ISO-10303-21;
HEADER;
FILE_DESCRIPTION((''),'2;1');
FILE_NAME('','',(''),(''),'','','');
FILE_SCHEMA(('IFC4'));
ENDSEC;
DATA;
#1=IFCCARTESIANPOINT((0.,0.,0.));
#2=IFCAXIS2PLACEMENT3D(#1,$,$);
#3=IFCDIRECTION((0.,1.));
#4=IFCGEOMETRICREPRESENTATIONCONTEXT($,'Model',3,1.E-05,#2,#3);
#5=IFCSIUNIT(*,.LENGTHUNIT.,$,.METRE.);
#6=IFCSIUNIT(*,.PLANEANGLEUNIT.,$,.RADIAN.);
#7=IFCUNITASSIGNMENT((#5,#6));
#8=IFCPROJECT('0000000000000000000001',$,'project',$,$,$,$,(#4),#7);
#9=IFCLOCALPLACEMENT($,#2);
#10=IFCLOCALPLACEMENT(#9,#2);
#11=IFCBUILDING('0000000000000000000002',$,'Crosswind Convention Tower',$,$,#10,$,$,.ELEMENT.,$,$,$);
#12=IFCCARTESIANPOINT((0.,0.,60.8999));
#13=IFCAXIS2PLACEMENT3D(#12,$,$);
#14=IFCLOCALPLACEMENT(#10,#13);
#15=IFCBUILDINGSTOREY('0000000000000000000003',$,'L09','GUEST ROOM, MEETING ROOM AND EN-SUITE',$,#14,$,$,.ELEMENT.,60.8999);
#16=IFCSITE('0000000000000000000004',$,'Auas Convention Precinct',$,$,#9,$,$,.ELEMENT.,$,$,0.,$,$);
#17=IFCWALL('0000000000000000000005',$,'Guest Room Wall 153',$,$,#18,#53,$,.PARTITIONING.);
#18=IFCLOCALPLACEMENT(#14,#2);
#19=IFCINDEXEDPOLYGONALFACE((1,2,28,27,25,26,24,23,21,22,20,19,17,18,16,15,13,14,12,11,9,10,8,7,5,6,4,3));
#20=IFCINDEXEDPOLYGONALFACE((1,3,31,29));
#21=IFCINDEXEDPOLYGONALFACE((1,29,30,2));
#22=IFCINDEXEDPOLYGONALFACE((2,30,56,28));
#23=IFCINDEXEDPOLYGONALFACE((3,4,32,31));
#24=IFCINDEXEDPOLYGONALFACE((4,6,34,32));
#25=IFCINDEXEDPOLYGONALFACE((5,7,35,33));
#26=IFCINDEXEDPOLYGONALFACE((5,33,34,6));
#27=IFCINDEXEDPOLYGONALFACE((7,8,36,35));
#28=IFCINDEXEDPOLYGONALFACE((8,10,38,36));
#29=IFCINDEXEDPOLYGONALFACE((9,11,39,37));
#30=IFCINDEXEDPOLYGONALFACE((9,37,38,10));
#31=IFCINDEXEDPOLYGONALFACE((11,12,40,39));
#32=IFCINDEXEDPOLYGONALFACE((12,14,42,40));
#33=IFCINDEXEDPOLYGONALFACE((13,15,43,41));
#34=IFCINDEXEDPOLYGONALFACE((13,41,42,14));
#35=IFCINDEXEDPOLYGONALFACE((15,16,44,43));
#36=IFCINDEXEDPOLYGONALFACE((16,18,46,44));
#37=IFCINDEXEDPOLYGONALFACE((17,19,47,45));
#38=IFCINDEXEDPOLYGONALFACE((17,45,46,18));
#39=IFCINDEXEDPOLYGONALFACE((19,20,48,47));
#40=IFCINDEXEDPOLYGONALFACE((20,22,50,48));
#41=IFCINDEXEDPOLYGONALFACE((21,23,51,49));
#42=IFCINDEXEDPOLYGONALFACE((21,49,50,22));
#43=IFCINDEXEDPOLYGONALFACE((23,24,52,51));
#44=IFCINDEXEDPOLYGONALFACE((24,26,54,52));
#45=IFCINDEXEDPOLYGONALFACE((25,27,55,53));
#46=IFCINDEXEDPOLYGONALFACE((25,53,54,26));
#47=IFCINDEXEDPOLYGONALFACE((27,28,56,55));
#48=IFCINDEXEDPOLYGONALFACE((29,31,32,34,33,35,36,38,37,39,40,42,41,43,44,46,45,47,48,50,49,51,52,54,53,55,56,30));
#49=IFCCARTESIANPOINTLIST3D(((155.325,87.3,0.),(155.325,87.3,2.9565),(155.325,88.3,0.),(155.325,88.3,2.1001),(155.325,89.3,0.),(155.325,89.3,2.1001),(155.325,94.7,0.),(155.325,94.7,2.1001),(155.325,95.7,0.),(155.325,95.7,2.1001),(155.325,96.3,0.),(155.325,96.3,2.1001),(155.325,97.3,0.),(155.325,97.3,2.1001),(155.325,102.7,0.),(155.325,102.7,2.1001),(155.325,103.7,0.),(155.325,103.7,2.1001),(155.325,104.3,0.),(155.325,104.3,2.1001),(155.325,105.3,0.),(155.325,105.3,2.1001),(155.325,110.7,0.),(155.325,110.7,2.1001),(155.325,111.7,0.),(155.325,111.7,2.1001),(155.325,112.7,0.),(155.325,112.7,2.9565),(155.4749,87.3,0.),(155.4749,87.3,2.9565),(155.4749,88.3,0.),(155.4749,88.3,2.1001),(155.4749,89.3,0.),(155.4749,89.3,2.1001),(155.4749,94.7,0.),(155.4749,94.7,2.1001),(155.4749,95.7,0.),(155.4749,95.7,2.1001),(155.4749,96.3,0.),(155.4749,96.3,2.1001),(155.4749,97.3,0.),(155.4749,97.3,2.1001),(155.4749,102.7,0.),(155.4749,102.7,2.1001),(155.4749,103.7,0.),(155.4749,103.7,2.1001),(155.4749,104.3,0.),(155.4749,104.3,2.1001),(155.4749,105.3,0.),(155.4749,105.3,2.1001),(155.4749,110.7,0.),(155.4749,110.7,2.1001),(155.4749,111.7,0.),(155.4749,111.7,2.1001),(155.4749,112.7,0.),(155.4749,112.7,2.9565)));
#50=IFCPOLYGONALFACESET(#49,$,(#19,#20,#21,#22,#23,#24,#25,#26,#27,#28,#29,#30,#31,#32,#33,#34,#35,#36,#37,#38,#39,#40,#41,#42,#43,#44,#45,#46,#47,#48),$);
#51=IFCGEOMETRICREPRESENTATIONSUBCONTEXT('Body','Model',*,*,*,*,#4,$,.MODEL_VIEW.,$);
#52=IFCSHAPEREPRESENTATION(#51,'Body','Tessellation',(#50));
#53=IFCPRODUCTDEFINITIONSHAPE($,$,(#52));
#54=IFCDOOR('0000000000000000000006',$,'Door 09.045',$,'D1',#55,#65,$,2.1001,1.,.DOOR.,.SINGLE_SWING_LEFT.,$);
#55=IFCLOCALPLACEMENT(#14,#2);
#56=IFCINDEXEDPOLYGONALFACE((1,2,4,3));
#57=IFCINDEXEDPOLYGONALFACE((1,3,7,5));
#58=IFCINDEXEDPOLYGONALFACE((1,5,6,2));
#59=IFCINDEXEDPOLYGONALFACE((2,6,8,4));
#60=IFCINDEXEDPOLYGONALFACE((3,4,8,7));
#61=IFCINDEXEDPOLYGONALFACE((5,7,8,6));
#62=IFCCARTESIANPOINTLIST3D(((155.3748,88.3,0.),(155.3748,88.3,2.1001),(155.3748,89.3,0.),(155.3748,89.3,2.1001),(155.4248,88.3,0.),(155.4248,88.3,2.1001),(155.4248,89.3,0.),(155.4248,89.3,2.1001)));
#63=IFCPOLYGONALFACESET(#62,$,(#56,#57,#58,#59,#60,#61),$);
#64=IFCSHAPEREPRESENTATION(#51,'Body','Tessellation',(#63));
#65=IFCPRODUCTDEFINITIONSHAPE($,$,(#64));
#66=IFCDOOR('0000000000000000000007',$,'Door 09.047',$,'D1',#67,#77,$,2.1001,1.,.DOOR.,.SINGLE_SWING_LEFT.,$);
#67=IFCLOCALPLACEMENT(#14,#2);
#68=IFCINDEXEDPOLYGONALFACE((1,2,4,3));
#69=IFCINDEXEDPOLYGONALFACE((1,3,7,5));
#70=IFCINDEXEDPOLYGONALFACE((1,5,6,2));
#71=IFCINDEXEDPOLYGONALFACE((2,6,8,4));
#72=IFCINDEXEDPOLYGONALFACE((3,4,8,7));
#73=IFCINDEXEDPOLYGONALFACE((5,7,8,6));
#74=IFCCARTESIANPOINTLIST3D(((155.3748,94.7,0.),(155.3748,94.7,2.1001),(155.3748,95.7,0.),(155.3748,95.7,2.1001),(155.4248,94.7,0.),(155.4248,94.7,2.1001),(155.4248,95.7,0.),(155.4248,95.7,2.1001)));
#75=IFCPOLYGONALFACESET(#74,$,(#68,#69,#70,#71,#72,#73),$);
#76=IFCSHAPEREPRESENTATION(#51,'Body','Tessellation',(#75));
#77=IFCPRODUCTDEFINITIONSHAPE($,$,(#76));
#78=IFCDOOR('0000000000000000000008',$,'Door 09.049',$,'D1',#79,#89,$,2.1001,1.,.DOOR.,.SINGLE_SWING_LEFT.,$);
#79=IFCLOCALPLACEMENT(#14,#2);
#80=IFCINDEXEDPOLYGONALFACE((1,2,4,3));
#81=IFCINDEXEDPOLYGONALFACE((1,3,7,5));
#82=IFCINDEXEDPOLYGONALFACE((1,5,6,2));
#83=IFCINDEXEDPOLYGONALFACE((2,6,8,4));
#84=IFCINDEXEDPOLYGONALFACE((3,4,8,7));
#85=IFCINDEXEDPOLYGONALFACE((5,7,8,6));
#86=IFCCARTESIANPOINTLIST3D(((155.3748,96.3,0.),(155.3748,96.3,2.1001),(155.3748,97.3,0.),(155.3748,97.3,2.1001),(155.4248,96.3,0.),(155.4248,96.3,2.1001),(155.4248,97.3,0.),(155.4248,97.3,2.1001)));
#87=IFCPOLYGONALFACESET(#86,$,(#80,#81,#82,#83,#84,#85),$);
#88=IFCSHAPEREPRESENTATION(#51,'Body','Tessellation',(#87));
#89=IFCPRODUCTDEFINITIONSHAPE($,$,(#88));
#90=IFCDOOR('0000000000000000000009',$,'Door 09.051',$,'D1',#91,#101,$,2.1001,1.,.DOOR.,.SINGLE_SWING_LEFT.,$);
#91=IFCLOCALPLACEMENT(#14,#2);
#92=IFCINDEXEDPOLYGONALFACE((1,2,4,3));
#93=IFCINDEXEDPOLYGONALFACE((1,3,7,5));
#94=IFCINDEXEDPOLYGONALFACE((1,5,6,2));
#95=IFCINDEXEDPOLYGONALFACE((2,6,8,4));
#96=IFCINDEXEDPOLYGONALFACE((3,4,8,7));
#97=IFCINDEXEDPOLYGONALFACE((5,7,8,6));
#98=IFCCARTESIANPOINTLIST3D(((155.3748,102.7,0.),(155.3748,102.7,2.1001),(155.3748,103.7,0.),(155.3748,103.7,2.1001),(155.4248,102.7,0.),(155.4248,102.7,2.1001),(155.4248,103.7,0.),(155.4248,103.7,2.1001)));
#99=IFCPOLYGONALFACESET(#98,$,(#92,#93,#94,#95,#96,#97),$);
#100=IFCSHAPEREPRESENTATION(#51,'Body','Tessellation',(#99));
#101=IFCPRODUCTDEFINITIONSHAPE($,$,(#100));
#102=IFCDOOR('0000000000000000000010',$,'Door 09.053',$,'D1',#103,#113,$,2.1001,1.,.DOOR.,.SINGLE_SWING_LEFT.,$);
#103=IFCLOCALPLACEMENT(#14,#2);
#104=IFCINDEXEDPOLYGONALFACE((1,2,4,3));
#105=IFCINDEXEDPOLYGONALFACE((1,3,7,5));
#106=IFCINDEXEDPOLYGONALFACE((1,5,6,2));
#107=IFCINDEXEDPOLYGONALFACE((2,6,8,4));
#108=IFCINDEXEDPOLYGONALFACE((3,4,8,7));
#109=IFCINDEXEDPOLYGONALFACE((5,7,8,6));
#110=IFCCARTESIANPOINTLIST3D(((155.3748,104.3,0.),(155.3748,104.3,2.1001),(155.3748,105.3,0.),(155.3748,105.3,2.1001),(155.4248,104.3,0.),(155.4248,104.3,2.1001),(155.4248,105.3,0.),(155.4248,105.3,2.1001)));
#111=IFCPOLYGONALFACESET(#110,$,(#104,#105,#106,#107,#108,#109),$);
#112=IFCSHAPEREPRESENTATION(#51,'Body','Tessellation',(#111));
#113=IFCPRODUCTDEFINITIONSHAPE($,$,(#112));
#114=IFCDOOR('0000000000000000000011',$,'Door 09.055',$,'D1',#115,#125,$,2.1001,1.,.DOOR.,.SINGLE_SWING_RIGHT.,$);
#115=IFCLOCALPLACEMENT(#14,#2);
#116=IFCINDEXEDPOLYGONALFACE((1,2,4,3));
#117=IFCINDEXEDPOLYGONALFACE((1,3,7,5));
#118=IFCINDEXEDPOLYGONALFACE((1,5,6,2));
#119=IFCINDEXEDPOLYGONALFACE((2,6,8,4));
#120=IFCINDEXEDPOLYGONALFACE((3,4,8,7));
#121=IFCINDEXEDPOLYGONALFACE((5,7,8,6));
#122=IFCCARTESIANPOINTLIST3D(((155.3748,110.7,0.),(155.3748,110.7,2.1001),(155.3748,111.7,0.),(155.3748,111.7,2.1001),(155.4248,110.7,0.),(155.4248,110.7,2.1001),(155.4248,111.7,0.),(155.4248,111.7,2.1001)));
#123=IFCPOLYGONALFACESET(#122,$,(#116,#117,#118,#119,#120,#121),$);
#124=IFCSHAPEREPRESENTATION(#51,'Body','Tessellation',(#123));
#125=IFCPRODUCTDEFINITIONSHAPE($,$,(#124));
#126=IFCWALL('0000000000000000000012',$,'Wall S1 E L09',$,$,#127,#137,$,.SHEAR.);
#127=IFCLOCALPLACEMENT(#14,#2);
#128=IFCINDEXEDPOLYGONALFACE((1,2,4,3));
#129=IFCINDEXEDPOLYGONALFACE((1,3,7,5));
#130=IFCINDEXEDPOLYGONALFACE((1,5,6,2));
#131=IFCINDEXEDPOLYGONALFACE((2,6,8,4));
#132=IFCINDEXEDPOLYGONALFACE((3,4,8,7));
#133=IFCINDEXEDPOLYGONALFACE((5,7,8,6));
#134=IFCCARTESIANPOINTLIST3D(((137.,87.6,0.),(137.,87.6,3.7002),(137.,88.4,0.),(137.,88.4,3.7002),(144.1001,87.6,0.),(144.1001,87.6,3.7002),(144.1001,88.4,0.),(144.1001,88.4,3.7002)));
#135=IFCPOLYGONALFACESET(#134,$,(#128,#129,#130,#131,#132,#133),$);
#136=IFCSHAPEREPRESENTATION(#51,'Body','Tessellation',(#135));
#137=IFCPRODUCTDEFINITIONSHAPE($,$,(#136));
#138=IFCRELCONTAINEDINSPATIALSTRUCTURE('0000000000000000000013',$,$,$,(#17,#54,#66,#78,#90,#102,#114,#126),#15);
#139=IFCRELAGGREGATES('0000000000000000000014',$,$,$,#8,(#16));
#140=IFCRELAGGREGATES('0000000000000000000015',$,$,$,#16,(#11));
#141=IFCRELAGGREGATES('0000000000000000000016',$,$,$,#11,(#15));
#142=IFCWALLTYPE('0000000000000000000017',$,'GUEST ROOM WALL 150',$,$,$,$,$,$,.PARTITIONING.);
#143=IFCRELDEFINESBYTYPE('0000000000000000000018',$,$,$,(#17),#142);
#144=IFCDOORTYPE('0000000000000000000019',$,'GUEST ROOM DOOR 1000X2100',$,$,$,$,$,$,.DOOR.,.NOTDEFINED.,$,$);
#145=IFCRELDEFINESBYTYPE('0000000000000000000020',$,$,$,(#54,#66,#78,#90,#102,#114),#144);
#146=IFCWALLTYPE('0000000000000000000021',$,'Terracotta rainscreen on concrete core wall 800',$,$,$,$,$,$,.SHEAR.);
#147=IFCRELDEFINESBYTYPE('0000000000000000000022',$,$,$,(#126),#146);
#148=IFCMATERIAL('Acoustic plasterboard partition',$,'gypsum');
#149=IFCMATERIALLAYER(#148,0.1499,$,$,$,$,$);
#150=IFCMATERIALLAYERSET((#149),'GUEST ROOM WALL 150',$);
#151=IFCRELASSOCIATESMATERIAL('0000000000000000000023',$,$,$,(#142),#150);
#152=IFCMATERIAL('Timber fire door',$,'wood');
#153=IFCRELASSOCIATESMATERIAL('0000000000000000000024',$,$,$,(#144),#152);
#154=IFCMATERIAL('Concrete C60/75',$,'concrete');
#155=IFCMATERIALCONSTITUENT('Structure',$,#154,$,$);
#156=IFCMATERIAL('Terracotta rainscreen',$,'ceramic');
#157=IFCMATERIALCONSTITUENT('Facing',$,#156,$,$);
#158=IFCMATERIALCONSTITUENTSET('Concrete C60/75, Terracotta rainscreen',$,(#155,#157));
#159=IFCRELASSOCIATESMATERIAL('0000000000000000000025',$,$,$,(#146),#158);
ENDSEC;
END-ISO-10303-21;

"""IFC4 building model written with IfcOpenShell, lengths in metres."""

from ifc_helpers import new_model, si_unit, direction, frame, frame_2d, origin, place, context, subcontext, project, spatial, rectangle, extrude, material, layer, layer_set, constituent, constituent_set, type_object, element, fill, save


model = new_model("IFC4")

# Units and contexts
model_context = context("Model", 3, precision=1e-05, world=origin(), true_north=direction((0.0, 1.0)))
body_context = subcontext(model_context, "Body", "Model", "MODEL_VIEW")
ifc_project = project(units=[si_unit("LENGTHUNIT", "METRE"), si_unit("PLANEANGLEUNIT", "RADIAN")], contexts=[model_context])

# Site, building, storey
site_placement = place(None, origin())
site = spatial("IfcSite", under=ifc_project, at=site_placement, Name="Auas Convention Precinct", CompositionType="ELEMENT", RefElevation=0.0)
building_placement = place(site_placement, origin())
building = spatial("IfcBuilding", under=site, at=building_placement, Name="Crosswind Convention Tower", CompositionType="ELEMENT")
storey_placement = place(building_placement, frame((0.0, 0.0, 60.8999)))
storey = spatial("IfcBuildingStorey", under=building, at=storey_placement, Name="L09", Description="GUEST ROOM, MEETING ROOM AND EN-SUITE", CompositionType="ELEMENT", Elevation=60.8999)

# Shared definitions
ifc_material_1 = material(Name="Concrete C60/75", Category="concrete")

# Wall, openings, doors
ifc_material_2 = material(Name="Acoustic plasterboard partition", Category="gypsum")
ifc_layer_1 = layer(ifc_material_2, 0.1499)
ifc_layer_set_1 = layer_set([ifc_layer_1], Name="GUEST ROOM WALL 150")
wall_type_1 = type_object("IfcWallType", Name="GUEST ROOM WALL 150", PredefinedType="PARTITIONING", material=ifc_layer_set_1)
wall_1_placement = place(storey_placement, frame((155.3999, 87.3, 0.0), z_axis=(0.0, 0.0, 1.0), x_axis=(0.0, 1.0, 0.0)))
wall_1 = element("IfcWall", 1, at=wall_1_placement, inside=storey, type_object=wall_type_1, Name="Guest Room Wall 153", PredefinedType="PARTITIONING", context=body_context, shape_type="SweptSolid", body=[
    extrude(rectangle(XDim=25.3999, YDim=0.1499, at=frame_2d((12.7, 0.0))), origin(), (0.0, 0.0, 1.0), 2.9565),
])
opening_1_placement = place(wall_1_placement, frame((1.0, 0.0, 0.0)))
opening_1 = element("IfcOpeningElement", 2, at=opening_1_placement, cuts=wall_1, PredefinedType="OPENING", context=body_context, shape_type="SweptSolid", body=[
    extrude(rectangle(XDim=1.0, YDim=2.1001, at=frame_2d((0.5, 1.05))), frame((0.0, 0.085, 0.0), z_axis=(0.0, -1.0, 0.0), x_axis=(1.0, 0.0, 0.0)), (0.0, 0.0, 1.0), 0.1699),
])
opening_2_placement = place(wall_1_placement, frame((7.3999, 0.0, 0.0)))
opening_2 = element("IfcOpeningElement", 3, at=opening_2_placement, cuts=wall_1, PredefinedType="OPENING", context=body_context, shape_type="SweptSolid", body=[
    extrude(rectangle(XDim=1.0, YDim=2.1001, at=frame_2d((0.5, 1.05))), frame((0.0, 0.085, 0.0), z_axis=(0.0, -1.0, 0.0), x_axis=(1.0, 0.0, 0.0)), (0.0, 0.0, 1.0), 0.1699),
])
opening_3_placement = place(wall_1_placement, frame((9.0, 0.0, 0.0)))
opening_3 = element("IfcOpeningElement", 4, at=opening_3_placement, cuts=wall_1, PredefinedType="OPENING", context=body_context, shape_type="SweptSolid", body=[
    extrude(rectangle(XDim=1.0, YDim=2.1001, at=frame_2d((0.5, 1.05))), frame((0.0, 0.085, 0.0), z_axis=(0.0, -1.0, 0.0), x_axis=(1.0, 0.0, 0.0)), (0.0, 0.0, 1.0), 0.1699),
])
opening_4_placement = place(wall_1_placement, frame((15.3999, 0.0, 0.0)))
opening_4 = element("IfcOpeningElement", 5, at=opening_4_placement, cuts=wall_1, PredefinedType="OPENING", context=body_context, shape_type="SweptSolid", body=[
    extrude(rectangle(XDim=1.0, YDim=2.1001, at=frame_2d((0.5, 1.05))), frame((0.0, 0.085, 0.0), z_axis=(0.0, -1.0, 0.0), x_axis=(1.0, 0.0, 0.0)), (0.0, 0.0, 1.0), 0.1699),
])
opening_5_placement = place(wall_1_placement, frame((17.0, 0.0, 0.0)))
opening_5 = element("IfcOpeningElement", 6, at=opening_5_placement, cuts=wall_1, PredefinedType="OPENING", context=body_context, shape_type="SweptSolid", body=[
    extrude(rectangle(XDim=1.0, YDim=2.1001, at=frame_2d((0.5, 1.05))), frame((0.0, 0.085, 0.0), z_axis=(0.0, -1.0, 0.0), x_axis=(1.0, 0.0, 0.0)), (0.0, 0.0, 1.0), 0.1699),
])
opening_6_placement = place(wall_1_placement, frame((23.3999, 0.0, 0.0)))
opening_6 = element("IfcOpeningElement", 7, at=opening_6_placement, cuts=wall_1, PredefinedType="OPENING", context=body_context, shape_type="SweptSolid", body=[
    extrude(rectangle(XDim=1.0, YDim=2.1001, at=frame_2d((0.5, 1.05))), frame((0.0, 0.085, 0.0), z_axis=(0.0, -1.0, 0.0), x_axis=(1.0, 0.0, 0.0)), (0.0, 0.0, 1.0), 0.1699),
])
ifc_material_3 = material(Name="Timber fire door", Category="wood")
door_type = type_object("IfcDoorType", Name="GUEST ROOM DOOR 1000X2100", OperationType="NOTDEFINED", PredefinedType="DOOR", material=ifc_material_3)
door_1_placement = place(opening_1_placement, frame((1.0, 0.0, 0.0), z_axis=(0.0, 0.0, 1.0), x_axis=(-1.0, 0.0, 0.0)))
door_1 = element("IfcDoor", 8, at=door_1_placement, inside=storey, type_object=door_type, Name="Door 09.045", ObjectType="D1", OperationType="SINGLE_SWING_LEFT", OverallHeight=2.1001, OverallWidth=1.0, PredefinedType="DOOR", context=body_context, shape_type="SweptSolid", body=[
    extrude(rectangle(XDim=1.0, YDim=2.1001, at=frame_2d((0.5, 1.05))), frame((0.0, 0.0249, 0.0), z_axis=(0.0, -1.0, 0.0), x_axis=(1.0, 0.0, 0.0)), (0.0, 0.0, 1.0), 0.05),
])
fill(opening_1, door_1)
door_2_placement = place(opening_2_placement, frame((1.0, 0.0, 0.0), z_axis=(0.0, 0.0, 1.0), x_axis=(-1.0, 0.0, 0.0)))
door_2 = element("IfcDoor", 9, at=door_2_placement, inside=storey, type_object=door_type, Name="Door 09.047", ObjectType="D1", OperationType="SINGLE_SWING_LEFT", OverallHeight=2.1001, OverallWidth=1.0, PredefinedType="DOOR", context=body_context, shape_type="SweptSolid", body=[
    extrude(rectangle(XDim=1.0, YDim=2.1001, at=frame_2d((0.5, 1.05))), frame((0.0, 0.0249, 0.0), z_axis=(0.0, -1.0, 0.0), x_axis=(1.0, 0.0, 0.0)), (0.0, 0.0, 1.0), 0.05),
])
fill(opening_2, door_2)
door_3_placement = place(opening_3_placement, frame((1.0, 0.0, 0.0), z_axis=(0.0, 0.0, 1.0), x_axis=(-1.0, 0.0, 0.0)))
door_3 = element("IfcDoor", 10, at=door_3_placement, inside=storey, type_object=door_type, Name="Door 09.049", ObjectType="D1", OperationType="SINGLE_SWING_LEFT", OverallHeight=2.1001, OverallWidth=1.0, PredefinedType="DOOR", context=body_context, shape_type="SweptSolid", body=[
    extrude(rectangle(XDim=1.0, YDim=2.1001, at=frame_2d((0.5, 1.05))), frame((0.0, 0.0249, 0.0), z_axis=(0.0, -1.0, 0.0), x_axis=(1.0, 0.0, 0.0)), (0.0, 0.0, 1.0), 0.05),
])
fill(opening_3, door_3)
door_4_placement = place(opening_4_placement, frame((1.0, 0.0, 0.0), z_axis=(0.0, 0.0, 1.0), x_axis=(-1.0, 0.0, 0.0)))
door_4 = element("IfcDoor", 11, at=door_4_placement, inside=storey, type_object=door_type, Name="Door 09.051", ObjectType="D1", OperationType="SINGLE_SWING_LEFT", OverallHeight=2.1001, OverallWidth=1.0, PredefinedType="DOOR", context=body_context, shape_type="SweptSolid", body=[
    extrude(rectangle(XDim=1.0, YDim=2.1001, at=frame_2d((0.5, 1.05))), frame((0.0, 0.0249, 0.0), z_axis=(0.0, -1.0, 0.0), x_axis=(1.0, 0.0, 0.0)), (0.0, 0.0, 1.0), 0.05),
])
fill(opening_4, door_4)
door_5_placement = place(opening_5_placement, frame((1.0, 0.0, 0.0), z_axis=(0.0, 0.0, 1.0), x_axis=(-1.0, 0.0, 0.0)))
door_5 = element("IfcDoor", 12, at=door_5_placement, inside=storey, type_object=door_type, Name="Door 09.053", ObjectType="D1", OperationType="SINGLE_SWING_LEFT", OverallHeight=2.1001, OverallWidth=1.0, PredefinedType="DOOR", context=body_context, shape_type="SweptSolid", body=[
    extrude(rectangle(XDim=1.0, YDim=2.1001, at=frame_2d((0.5, 1.05))), frame((0.0, 0.0249, 0.0), z_axis=(0.0, -1.0, 0.0), x_axis=(1.0, 0.0, 0.0)), (0.0, 0.0, 1.0), 0.05),
])
fill(opening_5, door_5)
door_6_placement = place(opening_6_placement, frame((1.0, 0.0, 0.0), z_axis=(0.0, 0.0, 1.0), x_axis=(-1.0, 0.0, 0.0)))
door_6 = element("IfcDoor", 13, at=door_6_placement, inside=storey, type_object=door_type, Name="Door 09.055", ObjectType="D1", OperationType="SINGLE_SWING_RIGHT", OverallHeight=2.1001, OverallWidth=1.0, PredefinedType="DOOR", context=body_context, shape_type="SweptSolid", body=[
    extrude(rectangle(XDim=1.0, YDim=2.1001, at=frame_2d((0.5, 1.05))), frame((0.0, 0.0249, 0.0), z_axis=(0.0, -1.0, 0.0), x_axis=(1.0, 0.0, 0.0)), (0.0, 0.0, 1.0), 0.05),
])
fill(opening_6, door_6)

# Wall
ifc_constituent_1 = constituent(ifc_material_1, Name="Structure")
ifc_material_4 = material(Name="Terracotta rainscreen", Category="ceramic")
ifc_constituent_2 = constituent(ifc_material_4, Name="Facing")
ifc_constituent_set = constituent_set(constituents=[ifc_constituent_1, ifc_constituent_2], Name="Concrete C60/75, Terracotta rainscreen")
wall_type_2 = type_object("IfcWallType", Name="Terracotta rainscreen on concrete core wall 800", PredefinedType="SHEAR", material=ifc_constituent_set)
wall_2_placement = place(storey_placement, frame((137.0, 88.0, 0.0), z_axis=(0.0, 0.0, 1.0), x_axis=(1.0, 0.0, 0.0)))
element("IfcWall", 14, at=wall_2_placement, inside=storey, type_object=wall_type_2, Name="Wall S1 E L09", PredefinedType="SHEAR", context=body_context, shape_type="SweptSolid", body=[
    extrude(rectangle(XDim=7.1001, YDim=0.8, at=frame_2d((3.55, 0.0))), origin(), (0.0, 0.0, 1.0), 3.7002),
])

save(model, "model.ifc")
